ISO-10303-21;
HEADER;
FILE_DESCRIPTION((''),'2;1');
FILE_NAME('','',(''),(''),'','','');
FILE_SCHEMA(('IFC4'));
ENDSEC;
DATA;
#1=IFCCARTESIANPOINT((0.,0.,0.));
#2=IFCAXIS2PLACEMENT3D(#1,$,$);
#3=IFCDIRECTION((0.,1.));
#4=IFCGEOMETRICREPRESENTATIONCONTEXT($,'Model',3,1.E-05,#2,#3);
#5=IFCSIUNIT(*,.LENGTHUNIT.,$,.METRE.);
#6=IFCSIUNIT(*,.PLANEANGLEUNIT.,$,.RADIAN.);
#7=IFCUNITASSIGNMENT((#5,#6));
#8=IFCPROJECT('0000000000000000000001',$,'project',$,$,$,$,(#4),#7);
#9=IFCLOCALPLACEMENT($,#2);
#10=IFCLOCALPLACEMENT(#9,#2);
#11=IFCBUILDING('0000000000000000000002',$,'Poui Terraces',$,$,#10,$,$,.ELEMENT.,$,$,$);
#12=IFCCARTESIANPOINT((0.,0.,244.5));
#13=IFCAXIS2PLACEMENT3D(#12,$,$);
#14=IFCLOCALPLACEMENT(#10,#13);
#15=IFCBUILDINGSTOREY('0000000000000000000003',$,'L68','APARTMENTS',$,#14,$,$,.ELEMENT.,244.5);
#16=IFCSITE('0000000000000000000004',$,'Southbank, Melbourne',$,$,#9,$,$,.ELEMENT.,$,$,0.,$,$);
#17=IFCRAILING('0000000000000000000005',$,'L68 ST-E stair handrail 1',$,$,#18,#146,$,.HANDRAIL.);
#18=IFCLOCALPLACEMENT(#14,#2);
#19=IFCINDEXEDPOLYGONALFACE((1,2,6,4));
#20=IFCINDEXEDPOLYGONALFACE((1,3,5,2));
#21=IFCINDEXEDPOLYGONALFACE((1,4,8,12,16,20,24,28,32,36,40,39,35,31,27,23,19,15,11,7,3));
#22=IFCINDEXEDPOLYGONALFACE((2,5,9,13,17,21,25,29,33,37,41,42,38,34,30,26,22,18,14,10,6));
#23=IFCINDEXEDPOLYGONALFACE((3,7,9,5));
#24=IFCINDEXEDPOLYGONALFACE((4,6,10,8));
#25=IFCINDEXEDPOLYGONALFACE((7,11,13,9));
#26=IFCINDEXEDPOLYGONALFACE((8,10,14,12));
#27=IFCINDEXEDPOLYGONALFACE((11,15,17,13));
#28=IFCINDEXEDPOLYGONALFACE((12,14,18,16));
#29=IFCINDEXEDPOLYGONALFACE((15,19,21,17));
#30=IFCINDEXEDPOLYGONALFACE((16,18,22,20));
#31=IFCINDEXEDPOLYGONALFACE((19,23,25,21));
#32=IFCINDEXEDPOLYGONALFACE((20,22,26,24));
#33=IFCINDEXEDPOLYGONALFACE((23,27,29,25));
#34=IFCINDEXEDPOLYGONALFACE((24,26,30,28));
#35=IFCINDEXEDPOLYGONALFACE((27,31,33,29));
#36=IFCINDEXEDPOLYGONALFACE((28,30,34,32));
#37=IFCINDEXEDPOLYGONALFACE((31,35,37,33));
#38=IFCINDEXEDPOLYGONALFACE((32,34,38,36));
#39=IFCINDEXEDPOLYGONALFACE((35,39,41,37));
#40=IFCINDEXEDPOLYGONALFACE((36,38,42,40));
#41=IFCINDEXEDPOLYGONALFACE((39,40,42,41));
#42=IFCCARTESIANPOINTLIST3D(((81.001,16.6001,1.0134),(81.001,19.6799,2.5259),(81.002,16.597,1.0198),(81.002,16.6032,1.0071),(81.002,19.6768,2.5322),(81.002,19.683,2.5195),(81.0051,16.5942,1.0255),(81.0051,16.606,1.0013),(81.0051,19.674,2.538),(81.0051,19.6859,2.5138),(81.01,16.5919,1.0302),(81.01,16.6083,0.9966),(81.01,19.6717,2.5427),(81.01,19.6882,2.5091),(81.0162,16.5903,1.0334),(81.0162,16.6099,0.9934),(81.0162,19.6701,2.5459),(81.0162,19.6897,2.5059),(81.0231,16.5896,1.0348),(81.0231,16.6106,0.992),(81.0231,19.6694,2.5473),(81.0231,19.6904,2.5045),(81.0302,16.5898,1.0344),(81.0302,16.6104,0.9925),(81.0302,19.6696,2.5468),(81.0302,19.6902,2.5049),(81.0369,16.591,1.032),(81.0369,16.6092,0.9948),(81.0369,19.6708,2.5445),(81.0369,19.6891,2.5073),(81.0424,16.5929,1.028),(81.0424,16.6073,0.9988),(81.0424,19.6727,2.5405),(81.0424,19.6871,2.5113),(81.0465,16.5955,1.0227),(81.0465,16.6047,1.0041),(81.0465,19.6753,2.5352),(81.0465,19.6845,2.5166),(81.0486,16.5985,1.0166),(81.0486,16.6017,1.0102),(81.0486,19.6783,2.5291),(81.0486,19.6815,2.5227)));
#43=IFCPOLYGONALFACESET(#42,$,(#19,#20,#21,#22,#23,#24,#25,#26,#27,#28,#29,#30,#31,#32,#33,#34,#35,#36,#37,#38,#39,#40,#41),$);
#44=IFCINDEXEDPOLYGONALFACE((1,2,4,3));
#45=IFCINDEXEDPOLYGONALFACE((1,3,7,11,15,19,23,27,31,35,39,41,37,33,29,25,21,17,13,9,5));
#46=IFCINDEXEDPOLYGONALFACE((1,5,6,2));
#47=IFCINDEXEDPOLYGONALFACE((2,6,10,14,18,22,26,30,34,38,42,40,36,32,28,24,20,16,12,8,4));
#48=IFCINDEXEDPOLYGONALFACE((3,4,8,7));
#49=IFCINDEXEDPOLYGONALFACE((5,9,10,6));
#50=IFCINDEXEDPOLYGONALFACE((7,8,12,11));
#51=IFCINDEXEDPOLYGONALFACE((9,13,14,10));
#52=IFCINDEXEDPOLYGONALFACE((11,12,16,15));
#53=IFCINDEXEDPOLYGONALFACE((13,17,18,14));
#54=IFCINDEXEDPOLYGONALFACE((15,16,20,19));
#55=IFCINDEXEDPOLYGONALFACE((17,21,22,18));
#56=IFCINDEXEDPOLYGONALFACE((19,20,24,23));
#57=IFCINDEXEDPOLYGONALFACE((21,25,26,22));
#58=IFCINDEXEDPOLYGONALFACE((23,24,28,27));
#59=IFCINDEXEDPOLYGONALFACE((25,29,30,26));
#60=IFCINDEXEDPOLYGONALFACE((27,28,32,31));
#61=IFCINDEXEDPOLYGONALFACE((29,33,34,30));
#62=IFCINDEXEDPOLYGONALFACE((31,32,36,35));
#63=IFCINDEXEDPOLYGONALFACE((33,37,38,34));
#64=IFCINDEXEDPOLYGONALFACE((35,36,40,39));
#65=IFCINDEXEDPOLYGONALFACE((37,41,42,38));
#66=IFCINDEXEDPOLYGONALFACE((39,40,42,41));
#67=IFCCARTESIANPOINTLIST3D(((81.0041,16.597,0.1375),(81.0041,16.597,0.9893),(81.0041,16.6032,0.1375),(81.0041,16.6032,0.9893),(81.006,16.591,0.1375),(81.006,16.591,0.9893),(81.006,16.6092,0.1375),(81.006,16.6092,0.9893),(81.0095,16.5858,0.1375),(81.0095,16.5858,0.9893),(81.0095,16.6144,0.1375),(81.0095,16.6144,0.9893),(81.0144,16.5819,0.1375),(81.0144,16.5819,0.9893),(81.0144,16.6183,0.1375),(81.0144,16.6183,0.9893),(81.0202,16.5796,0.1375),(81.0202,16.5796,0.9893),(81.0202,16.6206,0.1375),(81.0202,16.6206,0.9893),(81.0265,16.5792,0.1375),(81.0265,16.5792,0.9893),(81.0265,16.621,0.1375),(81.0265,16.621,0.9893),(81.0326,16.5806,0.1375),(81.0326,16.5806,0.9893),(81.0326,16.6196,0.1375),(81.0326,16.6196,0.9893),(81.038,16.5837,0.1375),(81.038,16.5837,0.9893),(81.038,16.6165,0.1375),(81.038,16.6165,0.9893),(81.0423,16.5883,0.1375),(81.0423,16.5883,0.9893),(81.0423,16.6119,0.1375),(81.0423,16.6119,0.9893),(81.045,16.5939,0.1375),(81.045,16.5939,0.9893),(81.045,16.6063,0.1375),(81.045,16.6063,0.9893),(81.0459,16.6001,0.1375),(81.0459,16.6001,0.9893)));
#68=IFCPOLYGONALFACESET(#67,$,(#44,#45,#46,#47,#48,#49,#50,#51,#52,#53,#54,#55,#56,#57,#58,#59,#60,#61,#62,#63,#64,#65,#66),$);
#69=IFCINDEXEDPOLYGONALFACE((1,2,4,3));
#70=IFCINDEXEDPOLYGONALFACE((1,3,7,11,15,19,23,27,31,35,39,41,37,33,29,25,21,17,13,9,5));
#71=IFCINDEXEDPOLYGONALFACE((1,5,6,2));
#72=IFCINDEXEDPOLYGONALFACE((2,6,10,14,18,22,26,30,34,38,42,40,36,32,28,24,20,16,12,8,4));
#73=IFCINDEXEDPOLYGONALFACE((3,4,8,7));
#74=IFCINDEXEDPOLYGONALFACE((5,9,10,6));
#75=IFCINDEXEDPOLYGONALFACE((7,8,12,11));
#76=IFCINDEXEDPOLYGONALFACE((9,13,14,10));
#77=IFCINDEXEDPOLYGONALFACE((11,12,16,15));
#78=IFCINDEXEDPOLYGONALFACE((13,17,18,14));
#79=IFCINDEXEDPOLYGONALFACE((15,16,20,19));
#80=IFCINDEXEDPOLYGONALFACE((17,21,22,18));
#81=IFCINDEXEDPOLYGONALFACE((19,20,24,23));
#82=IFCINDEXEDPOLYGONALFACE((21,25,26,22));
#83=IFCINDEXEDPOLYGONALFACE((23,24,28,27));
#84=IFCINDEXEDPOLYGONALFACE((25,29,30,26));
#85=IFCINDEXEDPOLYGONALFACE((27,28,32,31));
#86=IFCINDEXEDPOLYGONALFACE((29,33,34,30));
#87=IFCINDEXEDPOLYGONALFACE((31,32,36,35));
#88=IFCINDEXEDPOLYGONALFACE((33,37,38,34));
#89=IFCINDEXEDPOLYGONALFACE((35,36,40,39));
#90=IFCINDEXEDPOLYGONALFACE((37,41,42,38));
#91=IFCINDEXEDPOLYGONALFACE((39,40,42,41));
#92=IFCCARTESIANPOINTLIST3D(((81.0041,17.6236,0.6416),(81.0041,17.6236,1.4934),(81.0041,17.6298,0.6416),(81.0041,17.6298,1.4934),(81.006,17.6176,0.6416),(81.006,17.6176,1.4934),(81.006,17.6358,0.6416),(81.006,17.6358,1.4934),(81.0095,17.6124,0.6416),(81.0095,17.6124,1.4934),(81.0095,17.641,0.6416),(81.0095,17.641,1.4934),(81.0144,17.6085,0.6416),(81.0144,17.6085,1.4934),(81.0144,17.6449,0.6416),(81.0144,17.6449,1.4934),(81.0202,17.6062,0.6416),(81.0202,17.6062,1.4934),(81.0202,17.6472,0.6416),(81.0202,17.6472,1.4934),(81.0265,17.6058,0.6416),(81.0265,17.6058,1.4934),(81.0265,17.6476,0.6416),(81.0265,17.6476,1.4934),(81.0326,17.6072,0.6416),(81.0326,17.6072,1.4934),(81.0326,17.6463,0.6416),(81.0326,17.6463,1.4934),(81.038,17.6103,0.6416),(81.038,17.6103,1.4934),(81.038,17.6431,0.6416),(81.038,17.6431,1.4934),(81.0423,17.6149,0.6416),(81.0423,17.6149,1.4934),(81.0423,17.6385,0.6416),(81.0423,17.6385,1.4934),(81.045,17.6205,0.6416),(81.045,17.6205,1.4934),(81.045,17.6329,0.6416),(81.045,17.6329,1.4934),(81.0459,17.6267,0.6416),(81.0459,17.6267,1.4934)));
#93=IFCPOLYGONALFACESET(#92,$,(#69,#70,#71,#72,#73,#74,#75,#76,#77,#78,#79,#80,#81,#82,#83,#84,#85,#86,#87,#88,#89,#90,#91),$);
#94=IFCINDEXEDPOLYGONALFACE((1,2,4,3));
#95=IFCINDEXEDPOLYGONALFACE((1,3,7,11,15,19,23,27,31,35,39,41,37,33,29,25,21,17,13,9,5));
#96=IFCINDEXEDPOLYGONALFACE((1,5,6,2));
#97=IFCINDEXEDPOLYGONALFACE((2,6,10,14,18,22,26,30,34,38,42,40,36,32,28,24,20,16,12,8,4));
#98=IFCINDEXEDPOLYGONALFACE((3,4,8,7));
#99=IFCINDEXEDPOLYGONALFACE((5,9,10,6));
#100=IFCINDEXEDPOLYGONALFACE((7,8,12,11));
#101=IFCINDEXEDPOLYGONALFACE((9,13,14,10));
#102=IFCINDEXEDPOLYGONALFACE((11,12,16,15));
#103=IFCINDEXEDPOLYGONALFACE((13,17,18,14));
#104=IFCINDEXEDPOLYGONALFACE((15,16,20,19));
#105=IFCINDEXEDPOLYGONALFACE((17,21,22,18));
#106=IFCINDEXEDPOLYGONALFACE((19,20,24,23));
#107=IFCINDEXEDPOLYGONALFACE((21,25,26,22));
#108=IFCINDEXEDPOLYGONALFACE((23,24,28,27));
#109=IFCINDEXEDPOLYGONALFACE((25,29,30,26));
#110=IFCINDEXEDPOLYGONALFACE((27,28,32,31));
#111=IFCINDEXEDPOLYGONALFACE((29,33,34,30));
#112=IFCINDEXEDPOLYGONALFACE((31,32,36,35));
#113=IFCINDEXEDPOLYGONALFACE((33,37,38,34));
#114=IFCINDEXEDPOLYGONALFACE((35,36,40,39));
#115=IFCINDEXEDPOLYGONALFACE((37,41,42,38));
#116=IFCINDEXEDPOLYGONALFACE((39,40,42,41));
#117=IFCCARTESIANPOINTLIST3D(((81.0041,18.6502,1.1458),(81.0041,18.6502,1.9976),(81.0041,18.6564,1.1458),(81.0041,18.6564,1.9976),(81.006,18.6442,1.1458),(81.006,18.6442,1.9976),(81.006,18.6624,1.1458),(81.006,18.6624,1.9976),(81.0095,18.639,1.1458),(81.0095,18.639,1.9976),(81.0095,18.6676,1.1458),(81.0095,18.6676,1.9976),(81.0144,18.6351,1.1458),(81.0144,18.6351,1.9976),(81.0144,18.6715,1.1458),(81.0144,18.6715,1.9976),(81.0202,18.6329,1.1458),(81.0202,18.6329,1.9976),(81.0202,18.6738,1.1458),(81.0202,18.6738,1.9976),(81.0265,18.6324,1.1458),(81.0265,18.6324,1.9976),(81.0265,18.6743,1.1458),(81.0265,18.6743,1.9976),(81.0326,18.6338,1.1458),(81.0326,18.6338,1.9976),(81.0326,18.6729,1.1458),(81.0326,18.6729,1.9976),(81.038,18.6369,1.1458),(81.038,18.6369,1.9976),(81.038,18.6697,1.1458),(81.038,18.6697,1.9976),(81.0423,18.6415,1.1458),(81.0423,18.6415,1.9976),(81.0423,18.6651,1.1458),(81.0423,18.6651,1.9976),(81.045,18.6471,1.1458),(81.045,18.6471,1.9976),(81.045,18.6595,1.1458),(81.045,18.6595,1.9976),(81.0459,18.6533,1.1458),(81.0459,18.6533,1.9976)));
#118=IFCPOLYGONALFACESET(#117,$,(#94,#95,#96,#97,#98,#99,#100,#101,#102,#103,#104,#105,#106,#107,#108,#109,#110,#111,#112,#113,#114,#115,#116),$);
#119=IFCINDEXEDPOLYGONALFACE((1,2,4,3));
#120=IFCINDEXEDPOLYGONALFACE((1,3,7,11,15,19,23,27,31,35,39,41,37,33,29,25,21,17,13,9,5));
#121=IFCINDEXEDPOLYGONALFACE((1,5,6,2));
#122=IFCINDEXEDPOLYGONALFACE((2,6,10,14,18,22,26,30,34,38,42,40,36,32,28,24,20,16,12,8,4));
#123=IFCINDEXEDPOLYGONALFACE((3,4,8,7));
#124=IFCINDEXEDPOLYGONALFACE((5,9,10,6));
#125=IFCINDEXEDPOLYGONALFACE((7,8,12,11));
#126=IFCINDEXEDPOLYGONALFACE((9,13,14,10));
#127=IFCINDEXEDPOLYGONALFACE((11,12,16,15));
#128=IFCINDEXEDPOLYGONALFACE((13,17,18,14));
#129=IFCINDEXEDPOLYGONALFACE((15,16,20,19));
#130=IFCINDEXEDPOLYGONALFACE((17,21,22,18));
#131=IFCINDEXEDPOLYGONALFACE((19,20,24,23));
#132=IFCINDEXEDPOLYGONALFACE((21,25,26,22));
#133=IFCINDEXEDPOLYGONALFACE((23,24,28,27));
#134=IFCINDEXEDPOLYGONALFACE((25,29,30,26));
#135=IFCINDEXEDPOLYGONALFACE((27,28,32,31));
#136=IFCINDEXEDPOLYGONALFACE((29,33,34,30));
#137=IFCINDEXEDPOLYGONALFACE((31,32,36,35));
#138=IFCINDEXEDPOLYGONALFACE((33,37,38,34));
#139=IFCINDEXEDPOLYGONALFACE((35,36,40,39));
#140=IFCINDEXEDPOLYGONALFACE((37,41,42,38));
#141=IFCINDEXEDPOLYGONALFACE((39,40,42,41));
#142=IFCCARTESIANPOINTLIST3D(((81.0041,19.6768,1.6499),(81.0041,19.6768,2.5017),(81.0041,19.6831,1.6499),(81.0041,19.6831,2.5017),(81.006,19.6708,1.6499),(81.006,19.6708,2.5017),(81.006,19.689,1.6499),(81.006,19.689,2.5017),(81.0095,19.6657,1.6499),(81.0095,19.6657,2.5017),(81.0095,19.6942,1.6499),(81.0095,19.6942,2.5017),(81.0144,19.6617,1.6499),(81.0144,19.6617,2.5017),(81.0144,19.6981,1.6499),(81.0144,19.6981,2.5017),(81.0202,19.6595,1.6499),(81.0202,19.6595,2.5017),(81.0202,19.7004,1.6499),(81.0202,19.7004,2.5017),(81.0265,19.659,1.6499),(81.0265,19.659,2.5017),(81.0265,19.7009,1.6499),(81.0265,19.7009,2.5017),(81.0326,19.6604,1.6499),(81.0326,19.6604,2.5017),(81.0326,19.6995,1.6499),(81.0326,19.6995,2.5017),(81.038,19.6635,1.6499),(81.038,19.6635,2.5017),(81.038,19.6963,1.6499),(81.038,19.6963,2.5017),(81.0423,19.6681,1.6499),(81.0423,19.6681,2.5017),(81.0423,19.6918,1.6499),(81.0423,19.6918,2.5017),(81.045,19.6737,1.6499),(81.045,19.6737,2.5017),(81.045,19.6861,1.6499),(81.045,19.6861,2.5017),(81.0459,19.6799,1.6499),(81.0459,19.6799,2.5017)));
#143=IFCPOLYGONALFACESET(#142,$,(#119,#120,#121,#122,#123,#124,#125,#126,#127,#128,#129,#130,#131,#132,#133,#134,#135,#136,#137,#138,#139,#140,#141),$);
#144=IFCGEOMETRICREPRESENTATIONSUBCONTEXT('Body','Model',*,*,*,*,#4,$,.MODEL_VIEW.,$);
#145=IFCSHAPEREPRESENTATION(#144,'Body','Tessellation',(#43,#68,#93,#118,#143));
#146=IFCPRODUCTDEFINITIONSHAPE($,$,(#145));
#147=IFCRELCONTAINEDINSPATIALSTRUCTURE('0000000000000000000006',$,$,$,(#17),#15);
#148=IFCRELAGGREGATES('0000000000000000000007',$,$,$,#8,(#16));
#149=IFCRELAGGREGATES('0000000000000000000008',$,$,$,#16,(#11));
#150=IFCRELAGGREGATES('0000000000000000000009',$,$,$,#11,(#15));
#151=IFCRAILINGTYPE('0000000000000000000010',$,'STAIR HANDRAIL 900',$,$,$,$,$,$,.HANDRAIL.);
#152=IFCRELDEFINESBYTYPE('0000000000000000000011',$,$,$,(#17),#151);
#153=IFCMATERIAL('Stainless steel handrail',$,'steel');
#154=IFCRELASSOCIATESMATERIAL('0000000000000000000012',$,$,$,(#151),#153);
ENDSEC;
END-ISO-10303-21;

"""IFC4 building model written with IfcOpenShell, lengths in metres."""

from ifc_helpers import new_model, si_unit, direction, frame, origin, origin_2d, place, context, subcontext, project, spatial, circle, extrude, material, type_object, element, save


model = new_model("IFC4")

# Units and contexts
model_context = context("Model", 3, precision=1e-05, world=origin(), true_north=direction((0.0, 1.0)))
body_context = subcontext(model_context, "Body", "Model", "MODEL_VIEW")
ifc_project = project(units=[si_unit("LENGTHUNIT", "METRE"), si_unit("PLANEANGLEUNIT", "RADIAN")], contexts=[model_context])

# Site, building, storey
site_placement = place(None, origin())
site = spatial("IfcSite", under=ifc_project, at=site_placement, Name="Southbank, Melbourne", CompositionType="ELEMENT", RefElevation=0.0)
building_placement = place(site_placement, origin())
building = spatial("IfcBuilding", under=site, at=building_placement, Name="Poui Terraces", CompositionType="ELEMENT")
storey_placement = place(building_placement, frame((0.0, 0.0, 244.5)))
storey = spatial("IfcBuildingStorey", under=building, at=storey_placement, Name="L68", Description="APARTMENTS", CompositionType="ELEMENT", Elevation=244.5)

# Railing
ifc_material_1 = material(Name="Stainless steel handrail", Category="steel")
railing_type_1 = type_object("IfcRailingType", Name="STAIR HANDRAIL 900", PredefinedType="HANDRAIL", material=ifc_material_1)
railing_1_placement = place(storey_placement, frame((81.0249, 16.6001, 0.1375)))
element("IfcRailing", 1, at=railing_1_placement, inside=storey, type_object=railing_type_1, Name="L68 ST-E stair handrail 1", PredefinedType="HANDRAIL", context=body_context, shape_type="SweptSolid", body=[
    extrude(circle(Radius=0.0239, at=origin_2d()), frame((0.0, 0.0, 0.876), z_axis=(0.0, 0.897606, 0.440798), x_axis=(-1.0, 0.0, 0.0)), (0.0, 0.0, 1.0), 3.4312),
    extrude(circle(Radius=0.021, at=origin_2d()), origin(), (0.0, 0.0, 1.0), 0.8518),
    extrude(circle(Radius=0.021, at=origin_2d()), frame((0.0, 1.0266, 0.5042)), (0.0, 0.0, 1.0), 0.8518),
    extrude(circle(Radius=0.021, at=origin_2d()), frame((0.0, 2.0532, 1.0083)), (0.0, 0.0, 1.0), 0.8518),
    extrude(circle(Radius=0.021, at=origin_2d()), frame((0.0, 3.0798, 1.5125)), (0.0, 0.0, 1.0), 0.8518),
])

save(model, "model.ifc")
